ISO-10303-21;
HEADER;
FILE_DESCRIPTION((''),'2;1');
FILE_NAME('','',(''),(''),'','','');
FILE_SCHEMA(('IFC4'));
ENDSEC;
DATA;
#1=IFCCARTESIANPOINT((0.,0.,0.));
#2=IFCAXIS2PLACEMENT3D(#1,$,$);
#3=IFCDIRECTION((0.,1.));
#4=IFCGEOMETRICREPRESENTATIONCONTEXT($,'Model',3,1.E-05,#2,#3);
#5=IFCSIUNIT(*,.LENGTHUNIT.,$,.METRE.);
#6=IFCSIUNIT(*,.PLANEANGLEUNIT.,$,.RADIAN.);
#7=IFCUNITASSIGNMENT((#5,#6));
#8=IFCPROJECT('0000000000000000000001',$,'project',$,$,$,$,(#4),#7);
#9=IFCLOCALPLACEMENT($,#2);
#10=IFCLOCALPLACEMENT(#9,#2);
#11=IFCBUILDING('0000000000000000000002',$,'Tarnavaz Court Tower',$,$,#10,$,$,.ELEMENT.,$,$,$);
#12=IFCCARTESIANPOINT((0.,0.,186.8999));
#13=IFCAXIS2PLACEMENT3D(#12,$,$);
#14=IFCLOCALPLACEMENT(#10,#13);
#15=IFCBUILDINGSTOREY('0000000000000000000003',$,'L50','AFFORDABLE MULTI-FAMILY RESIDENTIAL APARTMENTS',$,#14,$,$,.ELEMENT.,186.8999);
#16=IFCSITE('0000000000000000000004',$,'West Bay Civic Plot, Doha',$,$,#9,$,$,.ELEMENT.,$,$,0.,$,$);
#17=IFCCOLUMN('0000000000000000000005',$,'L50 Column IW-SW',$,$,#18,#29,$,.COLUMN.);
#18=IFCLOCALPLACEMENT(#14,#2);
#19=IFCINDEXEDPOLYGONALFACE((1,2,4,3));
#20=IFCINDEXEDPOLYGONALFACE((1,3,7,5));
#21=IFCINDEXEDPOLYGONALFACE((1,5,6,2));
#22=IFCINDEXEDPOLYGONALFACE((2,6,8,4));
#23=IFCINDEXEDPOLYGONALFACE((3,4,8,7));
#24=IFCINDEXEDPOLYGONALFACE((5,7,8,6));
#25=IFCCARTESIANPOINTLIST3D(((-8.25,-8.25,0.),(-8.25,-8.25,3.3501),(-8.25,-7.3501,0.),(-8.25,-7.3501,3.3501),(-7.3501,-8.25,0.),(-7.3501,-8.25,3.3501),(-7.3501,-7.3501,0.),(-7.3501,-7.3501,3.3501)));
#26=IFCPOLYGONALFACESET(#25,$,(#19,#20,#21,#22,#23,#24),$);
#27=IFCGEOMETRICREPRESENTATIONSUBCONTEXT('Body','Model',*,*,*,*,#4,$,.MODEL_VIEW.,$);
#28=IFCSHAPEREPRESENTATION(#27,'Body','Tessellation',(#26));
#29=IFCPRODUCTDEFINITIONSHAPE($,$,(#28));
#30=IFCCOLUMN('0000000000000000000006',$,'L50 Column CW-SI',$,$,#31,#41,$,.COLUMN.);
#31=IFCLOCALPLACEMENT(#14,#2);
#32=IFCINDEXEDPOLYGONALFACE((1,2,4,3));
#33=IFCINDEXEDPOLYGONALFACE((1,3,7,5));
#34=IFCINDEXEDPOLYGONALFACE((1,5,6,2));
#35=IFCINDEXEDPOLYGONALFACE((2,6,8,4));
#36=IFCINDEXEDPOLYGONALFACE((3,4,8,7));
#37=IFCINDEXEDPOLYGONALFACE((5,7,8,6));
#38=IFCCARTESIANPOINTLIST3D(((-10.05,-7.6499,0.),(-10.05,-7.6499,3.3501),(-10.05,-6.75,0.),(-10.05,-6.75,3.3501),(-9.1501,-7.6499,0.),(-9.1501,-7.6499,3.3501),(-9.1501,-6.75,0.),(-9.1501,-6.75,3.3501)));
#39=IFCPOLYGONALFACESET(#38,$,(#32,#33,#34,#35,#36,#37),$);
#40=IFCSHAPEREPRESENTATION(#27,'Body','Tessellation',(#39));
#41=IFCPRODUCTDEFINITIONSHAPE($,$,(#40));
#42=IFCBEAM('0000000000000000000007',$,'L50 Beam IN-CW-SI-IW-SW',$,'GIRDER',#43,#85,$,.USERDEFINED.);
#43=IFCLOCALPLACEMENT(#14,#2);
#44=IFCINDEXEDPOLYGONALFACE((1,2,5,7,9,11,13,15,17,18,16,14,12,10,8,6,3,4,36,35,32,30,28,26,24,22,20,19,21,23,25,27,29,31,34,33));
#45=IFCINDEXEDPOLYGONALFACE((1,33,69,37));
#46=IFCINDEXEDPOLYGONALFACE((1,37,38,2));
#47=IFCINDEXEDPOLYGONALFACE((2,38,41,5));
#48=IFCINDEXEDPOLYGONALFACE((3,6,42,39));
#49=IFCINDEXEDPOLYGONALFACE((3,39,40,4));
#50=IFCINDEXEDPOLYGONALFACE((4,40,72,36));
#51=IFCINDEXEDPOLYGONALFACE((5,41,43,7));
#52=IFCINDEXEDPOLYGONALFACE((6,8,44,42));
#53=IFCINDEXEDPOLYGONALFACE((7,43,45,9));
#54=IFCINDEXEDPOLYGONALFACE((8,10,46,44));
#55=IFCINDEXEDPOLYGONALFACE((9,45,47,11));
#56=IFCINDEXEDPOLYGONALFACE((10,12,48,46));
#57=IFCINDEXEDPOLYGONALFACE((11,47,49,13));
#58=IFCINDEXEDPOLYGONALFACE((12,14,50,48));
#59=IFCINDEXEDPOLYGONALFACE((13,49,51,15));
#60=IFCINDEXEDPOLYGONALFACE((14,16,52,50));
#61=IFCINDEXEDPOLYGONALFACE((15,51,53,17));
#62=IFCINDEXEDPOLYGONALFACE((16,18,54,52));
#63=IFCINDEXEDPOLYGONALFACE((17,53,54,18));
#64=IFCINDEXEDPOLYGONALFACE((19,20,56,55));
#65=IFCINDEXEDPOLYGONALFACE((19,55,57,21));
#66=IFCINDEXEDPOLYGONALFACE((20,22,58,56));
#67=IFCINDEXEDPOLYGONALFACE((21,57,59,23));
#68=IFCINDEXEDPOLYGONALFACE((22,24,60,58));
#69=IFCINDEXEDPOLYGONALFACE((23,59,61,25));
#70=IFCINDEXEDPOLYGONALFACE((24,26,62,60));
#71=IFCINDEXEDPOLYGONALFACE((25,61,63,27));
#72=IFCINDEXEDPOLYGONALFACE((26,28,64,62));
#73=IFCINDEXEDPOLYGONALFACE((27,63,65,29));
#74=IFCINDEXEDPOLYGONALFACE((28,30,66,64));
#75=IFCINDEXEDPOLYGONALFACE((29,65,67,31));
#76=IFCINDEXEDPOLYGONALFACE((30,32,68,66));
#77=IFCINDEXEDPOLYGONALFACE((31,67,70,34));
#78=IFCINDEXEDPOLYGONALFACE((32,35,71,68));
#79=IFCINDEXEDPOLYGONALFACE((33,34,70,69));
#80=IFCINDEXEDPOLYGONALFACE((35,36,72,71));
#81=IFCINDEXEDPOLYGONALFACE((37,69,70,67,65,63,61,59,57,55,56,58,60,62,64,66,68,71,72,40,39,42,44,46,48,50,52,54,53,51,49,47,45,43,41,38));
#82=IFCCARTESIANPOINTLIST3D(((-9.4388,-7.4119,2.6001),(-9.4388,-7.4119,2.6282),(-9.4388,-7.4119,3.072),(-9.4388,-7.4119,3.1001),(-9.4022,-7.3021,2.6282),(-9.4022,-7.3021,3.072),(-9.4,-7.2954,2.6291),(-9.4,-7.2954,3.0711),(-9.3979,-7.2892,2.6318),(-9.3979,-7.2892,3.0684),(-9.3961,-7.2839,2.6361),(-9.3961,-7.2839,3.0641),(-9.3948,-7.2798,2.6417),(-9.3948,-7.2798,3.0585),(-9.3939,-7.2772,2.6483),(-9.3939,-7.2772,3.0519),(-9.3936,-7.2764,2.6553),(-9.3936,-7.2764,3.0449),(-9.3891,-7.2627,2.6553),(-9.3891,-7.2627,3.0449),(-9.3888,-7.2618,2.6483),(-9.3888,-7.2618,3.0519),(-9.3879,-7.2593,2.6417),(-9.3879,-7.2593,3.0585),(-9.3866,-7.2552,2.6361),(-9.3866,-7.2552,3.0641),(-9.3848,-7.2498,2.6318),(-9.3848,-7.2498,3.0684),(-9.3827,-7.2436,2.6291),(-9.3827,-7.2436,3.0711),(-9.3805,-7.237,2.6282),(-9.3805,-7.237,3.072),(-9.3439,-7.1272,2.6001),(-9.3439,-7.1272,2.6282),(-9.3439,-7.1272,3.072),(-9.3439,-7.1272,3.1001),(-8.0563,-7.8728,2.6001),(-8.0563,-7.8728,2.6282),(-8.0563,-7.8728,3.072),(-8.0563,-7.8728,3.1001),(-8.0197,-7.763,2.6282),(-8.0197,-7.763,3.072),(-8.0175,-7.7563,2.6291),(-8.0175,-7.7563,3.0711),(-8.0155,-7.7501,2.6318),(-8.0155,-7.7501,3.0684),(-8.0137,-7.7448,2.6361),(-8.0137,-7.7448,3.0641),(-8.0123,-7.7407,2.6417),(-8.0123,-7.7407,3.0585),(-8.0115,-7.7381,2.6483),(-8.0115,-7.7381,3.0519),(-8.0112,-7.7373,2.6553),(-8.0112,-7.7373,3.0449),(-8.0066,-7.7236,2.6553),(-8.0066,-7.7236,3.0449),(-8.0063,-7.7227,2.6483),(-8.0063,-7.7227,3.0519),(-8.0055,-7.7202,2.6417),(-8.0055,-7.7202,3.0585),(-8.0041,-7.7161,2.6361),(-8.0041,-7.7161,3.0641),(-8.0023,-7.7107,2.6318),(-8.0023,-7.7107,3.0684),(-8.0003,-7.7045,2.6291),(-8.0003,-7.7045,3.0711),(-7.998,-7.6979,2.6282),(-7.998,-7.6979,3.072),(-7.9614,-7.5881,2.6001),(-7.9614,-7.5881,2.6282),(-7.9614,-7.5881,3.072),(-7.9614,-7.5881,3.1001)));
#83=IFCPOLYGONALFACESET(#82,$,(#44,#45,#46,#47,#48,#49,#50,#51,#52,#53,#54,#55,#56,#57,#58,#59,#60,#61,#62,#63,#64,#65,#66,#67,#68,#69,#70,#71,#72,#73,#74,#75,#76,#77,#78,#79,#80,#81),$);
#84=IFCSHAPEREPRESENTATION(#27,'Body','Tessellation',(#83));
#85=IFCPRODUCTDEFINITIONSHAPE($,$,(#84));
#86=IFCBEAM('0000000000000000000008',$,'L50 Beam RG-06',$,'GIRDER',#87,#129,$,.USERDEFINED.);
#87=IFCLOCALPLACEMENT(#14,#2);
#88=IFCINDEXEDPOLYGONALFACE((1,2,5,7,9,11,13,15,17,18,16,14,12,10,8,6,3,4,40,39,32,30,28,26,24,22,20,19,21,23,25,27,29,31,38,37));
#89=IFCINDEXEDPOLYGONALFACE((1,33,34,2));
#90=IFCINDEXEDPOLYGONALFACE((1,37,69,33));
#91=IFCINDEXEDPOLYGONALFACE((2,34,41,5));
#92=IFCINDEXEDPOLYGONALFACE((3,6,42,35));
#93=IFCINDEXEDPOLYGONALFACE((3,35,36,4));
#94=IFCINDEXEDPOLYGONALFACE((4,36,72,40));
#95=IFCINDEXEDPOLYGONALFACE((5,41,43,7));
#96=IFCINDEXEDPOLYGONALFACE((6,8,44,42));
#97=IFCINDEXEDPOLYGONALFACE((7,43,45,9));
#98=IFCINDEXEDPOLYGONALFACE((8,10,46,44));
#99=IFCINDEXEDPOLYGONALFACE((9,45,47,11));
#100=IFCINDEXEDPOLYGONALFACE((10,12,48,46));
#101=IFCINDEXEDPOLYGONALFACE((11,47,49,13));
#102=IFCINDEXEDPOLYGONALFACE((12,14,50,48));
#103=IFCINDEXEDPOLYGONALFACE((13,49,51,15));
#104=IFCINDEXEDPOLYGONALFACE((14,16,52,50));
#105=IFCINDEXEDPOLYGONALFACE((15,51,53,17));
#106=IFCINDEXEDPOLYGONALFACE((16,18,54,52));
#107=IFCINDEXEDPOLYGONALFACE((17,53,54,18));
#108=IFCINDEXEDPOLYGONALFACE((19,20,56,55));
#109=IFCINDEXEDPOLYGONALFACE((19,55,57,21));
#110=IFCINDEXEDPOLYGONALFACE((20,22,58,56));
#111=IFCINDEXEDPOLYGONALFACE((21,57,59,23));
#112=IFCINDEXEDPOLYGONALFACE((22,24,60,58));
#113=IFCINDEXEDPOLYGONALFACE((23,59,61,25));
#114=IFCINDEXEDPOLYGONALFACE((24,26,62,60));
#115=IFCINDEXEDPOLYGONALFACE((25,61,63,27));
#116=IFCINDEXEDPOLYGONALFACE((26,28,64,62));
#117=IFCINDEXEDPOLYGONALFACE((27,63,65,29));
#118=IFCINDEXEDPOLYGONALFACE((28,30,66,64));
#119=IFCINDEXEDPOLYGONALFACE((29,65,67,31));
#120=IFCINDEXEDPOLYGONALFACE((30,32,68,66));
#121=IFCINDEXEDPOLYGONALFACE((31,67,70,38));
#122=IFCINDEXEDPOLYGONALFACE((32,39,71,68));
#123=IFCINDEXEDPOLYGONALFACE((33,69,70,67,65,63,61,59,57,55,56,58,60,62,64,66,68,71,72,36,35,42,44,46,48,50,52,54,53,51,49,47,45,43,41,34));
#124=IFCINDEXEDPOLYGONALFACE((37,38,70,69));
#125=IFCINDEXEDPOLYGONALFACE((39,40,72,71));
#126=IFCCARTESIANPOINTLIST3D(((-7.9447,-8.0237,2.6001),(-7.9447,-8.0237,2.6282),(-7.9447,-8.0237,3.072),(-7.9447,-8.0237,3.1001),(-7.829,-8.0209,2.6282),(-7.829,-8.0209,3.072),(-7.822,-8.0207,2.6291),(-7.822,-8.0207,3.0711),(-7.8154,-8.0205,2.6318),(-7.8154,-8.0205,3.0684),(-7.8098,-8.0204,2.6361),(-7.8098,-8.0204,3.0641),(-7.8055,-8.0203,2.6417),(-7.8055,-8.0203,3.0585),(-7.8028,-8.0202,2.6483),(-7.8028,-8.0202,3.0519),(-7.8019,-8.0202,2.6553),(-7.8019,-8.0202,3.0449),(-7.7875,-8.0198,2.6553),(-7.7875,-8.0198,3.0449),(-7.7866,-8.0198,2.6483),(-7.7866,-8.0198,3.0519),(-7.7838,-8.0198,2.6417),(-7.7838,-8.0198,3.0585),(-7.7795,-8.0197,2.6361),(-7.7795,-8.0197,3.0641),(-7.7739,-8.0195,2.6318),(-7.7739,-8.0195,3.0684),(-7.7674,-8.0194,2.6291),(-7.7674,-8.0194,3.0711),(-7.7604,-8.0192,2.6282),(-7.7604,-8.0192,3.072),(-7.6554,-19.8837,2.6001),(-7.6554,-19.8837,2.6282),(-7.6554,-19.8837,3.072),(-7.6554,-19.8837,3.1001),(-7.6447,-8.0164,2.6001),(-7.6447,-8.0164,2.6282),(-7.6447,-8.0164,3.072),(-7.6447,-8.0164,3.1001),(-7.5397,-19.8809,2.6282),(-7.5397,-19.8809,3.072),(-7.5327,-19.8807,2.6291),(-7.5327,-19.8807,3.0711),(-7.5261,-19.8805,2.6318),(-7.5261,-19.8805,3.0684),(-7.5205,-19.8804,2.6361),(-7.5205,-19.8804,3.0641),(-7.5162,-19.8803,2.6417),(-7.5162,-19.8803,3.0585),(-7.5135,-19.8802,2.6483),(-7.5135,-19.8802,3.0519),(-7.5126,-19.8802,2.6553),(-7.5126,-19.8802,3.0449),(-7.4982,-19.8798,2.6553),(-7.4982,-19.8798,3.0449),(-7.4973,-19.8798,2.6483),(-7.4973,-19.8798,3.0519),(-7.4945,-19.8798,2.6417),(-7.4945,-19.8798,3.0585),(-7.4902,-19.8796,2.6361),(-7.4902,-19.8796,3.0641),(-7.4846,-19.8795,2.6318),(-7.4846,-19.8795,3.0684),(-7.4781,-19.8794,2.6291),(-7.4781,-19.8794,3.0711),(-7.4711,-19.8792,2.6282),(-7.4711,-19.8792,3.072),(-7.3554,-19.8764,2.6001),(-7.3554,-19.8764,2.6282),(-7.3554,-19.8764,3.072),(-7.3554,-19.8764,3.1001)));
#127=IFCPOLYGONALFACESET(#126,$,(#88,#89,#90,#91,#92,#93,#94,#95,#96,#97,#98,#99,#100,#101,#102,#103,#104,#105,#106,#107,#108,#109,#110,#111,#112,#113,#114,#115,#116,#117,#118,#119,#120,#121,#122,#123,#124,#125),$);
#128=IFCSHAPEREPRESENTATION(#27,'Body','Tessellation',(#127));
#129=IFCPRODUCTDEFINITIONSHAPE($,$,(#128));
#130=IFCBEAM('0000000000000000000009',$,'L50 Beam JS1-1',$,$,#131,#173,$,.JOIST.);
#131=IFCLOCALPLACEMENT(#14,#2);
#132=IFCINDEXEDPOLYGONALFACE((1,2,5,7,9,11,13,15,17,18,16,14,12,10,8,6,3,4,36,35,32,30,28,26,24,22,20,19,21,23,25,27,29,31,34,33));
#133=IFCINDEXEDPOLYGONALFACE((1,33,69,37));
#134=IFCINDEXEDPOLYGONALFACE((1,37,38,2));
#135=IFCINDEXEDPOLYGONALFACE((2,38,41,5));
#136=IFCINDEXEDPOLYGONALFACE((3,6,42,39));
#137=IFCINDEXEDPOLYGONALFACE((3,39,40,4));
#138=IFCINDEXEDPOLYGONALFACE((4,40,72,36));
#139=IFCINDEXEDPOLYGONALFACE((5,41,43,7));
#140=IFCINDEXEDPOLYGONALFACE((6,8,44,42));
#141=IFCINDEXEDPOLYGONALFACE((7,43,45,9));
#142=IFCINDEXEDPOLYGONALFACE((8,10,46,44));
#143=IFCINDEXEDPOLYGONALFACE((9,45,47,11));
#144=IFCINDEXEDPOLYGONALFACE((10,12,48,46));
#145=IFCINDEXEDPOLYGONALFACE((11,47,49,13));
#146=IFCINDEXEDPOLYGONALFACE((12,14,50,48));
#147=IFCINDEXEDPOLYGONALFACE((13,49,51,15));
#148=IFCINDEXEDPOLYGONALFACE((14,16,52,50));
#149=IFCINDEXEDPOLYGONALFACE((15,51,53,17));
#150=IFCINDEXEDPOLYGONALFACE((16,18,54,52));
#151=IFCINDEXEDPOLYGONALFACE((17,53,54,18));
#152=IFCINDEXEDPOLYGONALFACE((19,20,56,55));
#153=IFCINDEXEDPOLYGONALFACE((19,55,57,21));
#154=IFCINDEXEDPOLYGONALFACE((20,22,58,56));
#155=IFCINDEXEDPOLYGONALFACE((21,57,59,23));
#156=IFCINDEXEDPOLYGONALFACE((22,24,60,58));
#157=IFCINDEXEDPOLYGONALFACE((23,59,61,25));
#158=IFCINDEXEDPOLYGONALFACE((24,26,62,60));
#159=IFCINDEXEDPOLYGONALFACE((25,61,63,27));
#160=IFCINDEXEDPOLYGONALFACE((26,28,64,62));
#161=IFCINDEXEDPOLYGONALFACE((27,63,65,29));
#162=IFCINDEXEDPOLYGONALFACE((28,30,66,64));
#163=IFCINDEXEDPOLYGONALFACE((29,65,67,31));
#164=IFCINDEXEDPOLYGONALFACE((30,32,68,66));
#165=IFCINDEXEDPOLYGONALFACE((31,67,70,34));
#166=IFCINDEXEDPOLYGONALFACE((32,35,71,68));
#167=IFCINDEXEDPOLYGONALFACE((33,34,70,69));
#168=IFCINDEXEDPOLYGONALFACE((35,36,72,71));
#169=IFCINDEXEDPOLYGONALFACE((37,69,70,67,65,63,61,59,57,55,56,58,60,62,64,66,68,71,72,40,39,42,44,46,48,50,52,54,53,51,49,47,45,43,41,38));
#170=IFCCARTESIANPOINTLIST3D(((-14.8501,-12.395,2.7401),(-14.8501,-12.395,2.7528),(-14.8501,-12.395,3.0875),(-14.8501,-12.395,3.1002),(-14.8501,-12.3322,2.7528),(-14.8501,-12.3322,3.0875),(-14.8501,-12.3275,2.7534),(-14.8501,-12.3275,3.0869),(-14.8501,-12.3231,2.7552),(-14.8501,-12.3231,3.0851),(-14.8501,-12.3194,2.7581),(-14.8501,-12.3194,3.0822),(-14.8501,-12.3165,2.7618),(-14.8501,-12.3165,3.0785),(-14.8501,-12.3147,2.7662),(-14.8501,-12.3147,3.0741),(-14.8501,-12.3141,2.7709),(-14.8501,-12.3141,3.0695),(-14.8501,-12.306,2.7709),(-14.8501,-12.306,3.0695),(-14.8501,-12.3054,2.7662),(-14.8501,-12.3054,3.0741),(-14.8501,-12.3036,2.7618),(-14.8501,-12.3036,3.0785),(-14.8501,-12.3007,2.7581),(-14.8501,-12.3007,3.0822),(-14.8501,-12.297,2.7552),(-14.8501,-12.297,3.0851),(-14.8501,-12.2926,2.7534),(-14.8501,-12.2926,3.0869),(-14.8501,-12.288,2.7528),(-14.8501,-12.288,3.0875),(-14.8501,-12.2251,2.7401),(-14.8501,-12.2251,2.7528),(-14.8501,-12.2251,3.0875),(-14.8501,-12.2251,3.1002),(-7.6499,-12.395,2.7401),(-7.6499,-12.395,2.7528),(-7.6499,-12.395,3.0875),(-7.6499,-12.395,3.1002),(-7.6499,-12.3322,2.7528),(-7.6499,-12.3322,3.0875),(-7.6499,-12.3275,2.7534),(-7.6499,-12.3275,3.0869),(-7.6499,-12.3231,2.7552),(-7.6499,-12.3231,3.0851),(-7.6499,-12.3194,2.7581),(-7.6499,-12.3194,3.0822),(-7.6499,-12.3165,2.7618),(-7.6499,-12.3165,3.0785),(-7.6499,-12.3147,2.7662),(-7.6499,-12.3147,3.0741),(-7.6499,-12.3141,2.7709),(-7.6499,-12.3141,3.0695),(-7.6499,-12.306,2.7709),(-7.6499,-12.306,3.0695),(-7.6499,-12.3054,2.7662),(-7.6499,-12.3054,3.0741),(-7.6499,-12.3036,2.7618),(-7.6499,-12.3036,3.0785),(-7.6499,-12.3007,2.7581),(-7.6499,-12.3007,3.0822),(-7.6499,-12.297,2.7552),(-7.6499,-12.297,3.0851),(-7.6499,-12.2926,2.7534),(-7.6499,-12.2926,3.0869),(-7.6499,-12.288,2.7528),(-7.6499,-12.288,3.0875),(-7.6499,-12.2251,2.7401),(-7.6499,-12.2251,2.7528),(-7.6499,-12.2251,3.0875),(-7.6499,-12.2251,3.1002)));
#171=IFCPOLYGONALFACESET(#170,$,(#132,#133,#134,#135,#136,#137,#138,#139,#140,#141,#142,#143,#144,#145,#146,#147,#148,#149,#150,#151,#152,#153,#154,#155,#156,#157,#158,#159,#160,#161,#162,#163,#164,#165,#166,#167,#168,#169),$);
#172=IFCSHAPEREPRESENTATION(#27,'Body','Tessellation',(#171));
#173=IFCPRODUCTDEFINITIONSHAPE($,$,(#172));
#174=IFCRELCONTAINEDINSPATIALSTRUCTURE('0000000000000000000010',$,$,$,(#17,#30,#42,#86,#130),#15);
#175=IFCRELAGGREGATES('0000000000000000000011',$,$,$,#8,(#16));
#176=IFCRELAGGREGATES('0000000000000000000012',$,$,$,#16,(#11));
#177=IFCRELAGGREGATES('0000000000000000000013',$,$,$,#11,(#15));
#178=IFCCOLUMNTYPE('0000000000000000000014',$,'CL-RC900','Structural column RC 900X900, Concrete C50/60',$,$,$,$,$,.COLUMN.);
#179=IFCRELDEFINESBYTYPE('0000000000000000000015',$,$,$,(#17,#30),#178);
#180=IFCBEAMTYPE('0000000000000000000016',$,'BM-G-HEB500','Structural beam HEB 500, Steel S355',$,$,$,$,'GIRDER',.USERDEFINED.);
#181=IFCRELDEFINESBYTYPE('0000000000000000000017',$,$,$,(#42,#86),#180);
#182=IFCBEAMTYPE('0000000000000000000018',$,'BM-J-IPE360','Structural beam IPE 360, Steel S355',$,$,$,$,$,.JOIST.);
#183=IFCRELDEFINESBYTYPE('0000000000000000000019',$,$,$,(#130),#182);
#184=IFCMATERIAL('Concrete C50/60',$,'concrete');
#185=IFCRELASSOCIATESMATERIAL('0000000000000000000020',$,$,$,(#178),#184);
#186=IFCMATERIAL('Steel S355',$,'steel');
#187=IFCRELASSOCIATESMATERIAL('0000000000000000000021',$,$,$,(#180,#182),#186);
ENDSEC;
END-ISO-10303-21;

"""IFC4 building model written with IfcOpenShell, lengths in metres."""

from ifc_helpers import new_model, si_unit, direction, frame, origin, origin_2d, place, context, subcontext, project, spatial, rectangle, i_section, extrude, material, material_profile, profile_set, type_object, element, save


model = new_model("IFC4")

# Units and contexts
model_context = context("Model", 3, precision=1e-05, world=origin(), true_north=direction((0.0, 1.0)))
body_context = subcontext(model_context, "Body", "Model", "MODEL_VIEW")
ifc_project = project(units=[si_unit("LENGTHUNIT", "METRE"), si_unit("PLANEANGLEUNIT", "RADIAN")], contexts=[model_context])

# Site, building, storey
site_placement = place(None, origin())
site = spatial("IfcSite", under=ifc_project, at=site_placement, Name="West Bay Civic Plot, Doha", CompositionType="ELEMENT", RefElevation=0.0)
building_placement = place(site_placement, origin())
building = spatial("IfcBuilding", under=site, at=building_placement, Name="Tarnavaz Court Tower", CompositionType="ELEMENT")
storey_placement = place(building_placement, frame((0.0, 0.0, 186.8999)))
storey = spatial("IfcBuildingStorey", under=building, at=storey_placement, Name="L50", Description="AFFORDABLE MULTI-FAMILY RESIDENTIAL APARTMENTS", CompositionType="ELEMENT", Elevation=186.8999)

# Columns
ifc_material_1 = material(Name="Concrete C50/60", Category="concrete")
ifc_material_profile_1 = material_profile(ifc_material_1, rectangle(XDim=0.8999, YDim=0.8999, at=origin_2d()), Name="RC 900X900")
ifc_profile_set_1 = profile_set([ifc_material_profile_1], Name="Concrete C50/60")
column_type = type_object("IfcColumnType", Name="CL-RC900", Description="Structural column RC 900X900, Concrete C50/60", PredefinedType="COLUMN", material=ifc_profile_set_1)
for number, where, z_axis, x_axis, name in (
    (1, (-7.8, -7.8, 0.0), (0.0, 0.0, 1.0), (1.0, 0.0, 0.0), "L50 Column IW-SW"),
    (2, (-9.6001, -7.2, 0.0), (0.0, 0.0, 1.0), (1.0, 0.0, 0.0), "L50 Column CW-SI"),
):
    element("IfcColumn", number, at=place(storey_placement, frame(where, z_axis=z_axis, x_axis=x_axis)), inside=storey, type_object=column_type, Name=name, PredefinedType="COLUMN", context=body_context, shape_type="SweptSolid", body=[
        extrude(rectangle(XDim=0.8999, YDim=0.8999, at=origin_2d()), origin(), (0.0, 0.0, 1.0), 3.3501),
    ])

# Beams
ifc_material_2 = material(Name="Steel S355", Category="steel")
ifc_material_profile_2 = material_profile(ifc_material_2, i_section(OverallWidth=0.3, OverallDepth=0.5, WebThickness=0.0144, FlangeThickness=0.0281, FilletRadius=0.0271, at=origin_2d()), Name="HEB 500")
ifc_profile_set_2 = profile_set([ifc_material_profile_2], Name="Steel S355")
beam_type_1 = type_object("IfcBeamType", Name="BM-G-HEB500", Description="Structural beam HEB 500, Steel S355", ElementType="GIRDER", PredefinedType="USERDEFINED", material=ifc_profile_set_2)
beam_1_placement = place(storey_placement, frame((-9.3914, -7.2695, 2.8501), z_axis=(0.948667, -0.316278, 0.0), x_axis=(0.316278, 0.948667, 0.0)))
element("IfcBeam", 3, at=beam_1_placement, inside=storey, type_object=beam_type_1, Name="L50 Beam IN-CW-SI-IW-SW", ObjectType="GIRDER", PredefinedType="USERDEFINED", context=body_context, shape_type="SweptSolid", body=[
    extrude(i_section(OverallWidth=0.3, OverallDepth=0.5, WebThickness=0.0144, FlangeThickness=0.0281, FilletRadius=0.0271, at=origin_2d()), origin(), (0.0, 0.0, 1.0), 1.4573),
])
beam_2_placement = place(storey_placement, frame((-7.7947, -8.02, 2.8501), z_axis=(0.024386, -0.999703, 0.0), x_axis=(0.999703, 0.024386, 0.0)))
element("IfcBeam", 4, at=beam_2_placement, inside=storey, type_object=beam_type_1, Name="L50 Beam RG-06", ObjectType="GIRDER", PredefinedType="USERDEFINED", context=body_context, shape_type="SweptSolid", body=[
    extrude(i_section(OverallWidth=0.3, OverallDepth=0.5, WebThickness=0.0144, FlangeThickness=0.0281, FilletRadius=0.0271, at=origin_2d()), origin(), (0.0, 0.0, 1.0), 11.8635),
])
ifc_material_profile_3 = material_profile(ifc_material_2, i_section(OverallWidth=0.1699, OverallDepth=0.3601, WebThickness=0.0081, FlangeThickness=0.0127, FilletRadius=0.0181, at=origin_2d()), Name="IPE 360")
ifc_profile_set_3 = profile_set([ifc_material_profile_3], Name="Steel S355")
beam_type_2 = type_object("IfcBeamType", Name="BM-J-IPE360", Description="Structural beam IPE 360, Steel S355", PredefinedType="JOIST", material=ifc_profile_set_3)
beam_3_placement = place(storey_placement, frame((-14.8501, -12.3101, 2.9202), z_axis=(1.0, 0.0, 0.0), x_axis=(0.0, 1.0, 0.0)))
element("IfcBeam", 5, at=beam_3_placement, inside=storey, type_object=beam_type_2, Name="L50 Beam JS1-1", PredefinedType="JOIST", context=body_context, shape_type="SweptSolid", body=[
    extrude(i_section(OverallWidth=0.1699, OverallDepth=0.3601, WebThickness=0.0081, FlangeThickness=0.0127, FilletRadius=0.0181, at=origin_2d()), origin(), (0.0, 0.0, 1.0), 7.2002),
])

save(model, "model.ifc")
